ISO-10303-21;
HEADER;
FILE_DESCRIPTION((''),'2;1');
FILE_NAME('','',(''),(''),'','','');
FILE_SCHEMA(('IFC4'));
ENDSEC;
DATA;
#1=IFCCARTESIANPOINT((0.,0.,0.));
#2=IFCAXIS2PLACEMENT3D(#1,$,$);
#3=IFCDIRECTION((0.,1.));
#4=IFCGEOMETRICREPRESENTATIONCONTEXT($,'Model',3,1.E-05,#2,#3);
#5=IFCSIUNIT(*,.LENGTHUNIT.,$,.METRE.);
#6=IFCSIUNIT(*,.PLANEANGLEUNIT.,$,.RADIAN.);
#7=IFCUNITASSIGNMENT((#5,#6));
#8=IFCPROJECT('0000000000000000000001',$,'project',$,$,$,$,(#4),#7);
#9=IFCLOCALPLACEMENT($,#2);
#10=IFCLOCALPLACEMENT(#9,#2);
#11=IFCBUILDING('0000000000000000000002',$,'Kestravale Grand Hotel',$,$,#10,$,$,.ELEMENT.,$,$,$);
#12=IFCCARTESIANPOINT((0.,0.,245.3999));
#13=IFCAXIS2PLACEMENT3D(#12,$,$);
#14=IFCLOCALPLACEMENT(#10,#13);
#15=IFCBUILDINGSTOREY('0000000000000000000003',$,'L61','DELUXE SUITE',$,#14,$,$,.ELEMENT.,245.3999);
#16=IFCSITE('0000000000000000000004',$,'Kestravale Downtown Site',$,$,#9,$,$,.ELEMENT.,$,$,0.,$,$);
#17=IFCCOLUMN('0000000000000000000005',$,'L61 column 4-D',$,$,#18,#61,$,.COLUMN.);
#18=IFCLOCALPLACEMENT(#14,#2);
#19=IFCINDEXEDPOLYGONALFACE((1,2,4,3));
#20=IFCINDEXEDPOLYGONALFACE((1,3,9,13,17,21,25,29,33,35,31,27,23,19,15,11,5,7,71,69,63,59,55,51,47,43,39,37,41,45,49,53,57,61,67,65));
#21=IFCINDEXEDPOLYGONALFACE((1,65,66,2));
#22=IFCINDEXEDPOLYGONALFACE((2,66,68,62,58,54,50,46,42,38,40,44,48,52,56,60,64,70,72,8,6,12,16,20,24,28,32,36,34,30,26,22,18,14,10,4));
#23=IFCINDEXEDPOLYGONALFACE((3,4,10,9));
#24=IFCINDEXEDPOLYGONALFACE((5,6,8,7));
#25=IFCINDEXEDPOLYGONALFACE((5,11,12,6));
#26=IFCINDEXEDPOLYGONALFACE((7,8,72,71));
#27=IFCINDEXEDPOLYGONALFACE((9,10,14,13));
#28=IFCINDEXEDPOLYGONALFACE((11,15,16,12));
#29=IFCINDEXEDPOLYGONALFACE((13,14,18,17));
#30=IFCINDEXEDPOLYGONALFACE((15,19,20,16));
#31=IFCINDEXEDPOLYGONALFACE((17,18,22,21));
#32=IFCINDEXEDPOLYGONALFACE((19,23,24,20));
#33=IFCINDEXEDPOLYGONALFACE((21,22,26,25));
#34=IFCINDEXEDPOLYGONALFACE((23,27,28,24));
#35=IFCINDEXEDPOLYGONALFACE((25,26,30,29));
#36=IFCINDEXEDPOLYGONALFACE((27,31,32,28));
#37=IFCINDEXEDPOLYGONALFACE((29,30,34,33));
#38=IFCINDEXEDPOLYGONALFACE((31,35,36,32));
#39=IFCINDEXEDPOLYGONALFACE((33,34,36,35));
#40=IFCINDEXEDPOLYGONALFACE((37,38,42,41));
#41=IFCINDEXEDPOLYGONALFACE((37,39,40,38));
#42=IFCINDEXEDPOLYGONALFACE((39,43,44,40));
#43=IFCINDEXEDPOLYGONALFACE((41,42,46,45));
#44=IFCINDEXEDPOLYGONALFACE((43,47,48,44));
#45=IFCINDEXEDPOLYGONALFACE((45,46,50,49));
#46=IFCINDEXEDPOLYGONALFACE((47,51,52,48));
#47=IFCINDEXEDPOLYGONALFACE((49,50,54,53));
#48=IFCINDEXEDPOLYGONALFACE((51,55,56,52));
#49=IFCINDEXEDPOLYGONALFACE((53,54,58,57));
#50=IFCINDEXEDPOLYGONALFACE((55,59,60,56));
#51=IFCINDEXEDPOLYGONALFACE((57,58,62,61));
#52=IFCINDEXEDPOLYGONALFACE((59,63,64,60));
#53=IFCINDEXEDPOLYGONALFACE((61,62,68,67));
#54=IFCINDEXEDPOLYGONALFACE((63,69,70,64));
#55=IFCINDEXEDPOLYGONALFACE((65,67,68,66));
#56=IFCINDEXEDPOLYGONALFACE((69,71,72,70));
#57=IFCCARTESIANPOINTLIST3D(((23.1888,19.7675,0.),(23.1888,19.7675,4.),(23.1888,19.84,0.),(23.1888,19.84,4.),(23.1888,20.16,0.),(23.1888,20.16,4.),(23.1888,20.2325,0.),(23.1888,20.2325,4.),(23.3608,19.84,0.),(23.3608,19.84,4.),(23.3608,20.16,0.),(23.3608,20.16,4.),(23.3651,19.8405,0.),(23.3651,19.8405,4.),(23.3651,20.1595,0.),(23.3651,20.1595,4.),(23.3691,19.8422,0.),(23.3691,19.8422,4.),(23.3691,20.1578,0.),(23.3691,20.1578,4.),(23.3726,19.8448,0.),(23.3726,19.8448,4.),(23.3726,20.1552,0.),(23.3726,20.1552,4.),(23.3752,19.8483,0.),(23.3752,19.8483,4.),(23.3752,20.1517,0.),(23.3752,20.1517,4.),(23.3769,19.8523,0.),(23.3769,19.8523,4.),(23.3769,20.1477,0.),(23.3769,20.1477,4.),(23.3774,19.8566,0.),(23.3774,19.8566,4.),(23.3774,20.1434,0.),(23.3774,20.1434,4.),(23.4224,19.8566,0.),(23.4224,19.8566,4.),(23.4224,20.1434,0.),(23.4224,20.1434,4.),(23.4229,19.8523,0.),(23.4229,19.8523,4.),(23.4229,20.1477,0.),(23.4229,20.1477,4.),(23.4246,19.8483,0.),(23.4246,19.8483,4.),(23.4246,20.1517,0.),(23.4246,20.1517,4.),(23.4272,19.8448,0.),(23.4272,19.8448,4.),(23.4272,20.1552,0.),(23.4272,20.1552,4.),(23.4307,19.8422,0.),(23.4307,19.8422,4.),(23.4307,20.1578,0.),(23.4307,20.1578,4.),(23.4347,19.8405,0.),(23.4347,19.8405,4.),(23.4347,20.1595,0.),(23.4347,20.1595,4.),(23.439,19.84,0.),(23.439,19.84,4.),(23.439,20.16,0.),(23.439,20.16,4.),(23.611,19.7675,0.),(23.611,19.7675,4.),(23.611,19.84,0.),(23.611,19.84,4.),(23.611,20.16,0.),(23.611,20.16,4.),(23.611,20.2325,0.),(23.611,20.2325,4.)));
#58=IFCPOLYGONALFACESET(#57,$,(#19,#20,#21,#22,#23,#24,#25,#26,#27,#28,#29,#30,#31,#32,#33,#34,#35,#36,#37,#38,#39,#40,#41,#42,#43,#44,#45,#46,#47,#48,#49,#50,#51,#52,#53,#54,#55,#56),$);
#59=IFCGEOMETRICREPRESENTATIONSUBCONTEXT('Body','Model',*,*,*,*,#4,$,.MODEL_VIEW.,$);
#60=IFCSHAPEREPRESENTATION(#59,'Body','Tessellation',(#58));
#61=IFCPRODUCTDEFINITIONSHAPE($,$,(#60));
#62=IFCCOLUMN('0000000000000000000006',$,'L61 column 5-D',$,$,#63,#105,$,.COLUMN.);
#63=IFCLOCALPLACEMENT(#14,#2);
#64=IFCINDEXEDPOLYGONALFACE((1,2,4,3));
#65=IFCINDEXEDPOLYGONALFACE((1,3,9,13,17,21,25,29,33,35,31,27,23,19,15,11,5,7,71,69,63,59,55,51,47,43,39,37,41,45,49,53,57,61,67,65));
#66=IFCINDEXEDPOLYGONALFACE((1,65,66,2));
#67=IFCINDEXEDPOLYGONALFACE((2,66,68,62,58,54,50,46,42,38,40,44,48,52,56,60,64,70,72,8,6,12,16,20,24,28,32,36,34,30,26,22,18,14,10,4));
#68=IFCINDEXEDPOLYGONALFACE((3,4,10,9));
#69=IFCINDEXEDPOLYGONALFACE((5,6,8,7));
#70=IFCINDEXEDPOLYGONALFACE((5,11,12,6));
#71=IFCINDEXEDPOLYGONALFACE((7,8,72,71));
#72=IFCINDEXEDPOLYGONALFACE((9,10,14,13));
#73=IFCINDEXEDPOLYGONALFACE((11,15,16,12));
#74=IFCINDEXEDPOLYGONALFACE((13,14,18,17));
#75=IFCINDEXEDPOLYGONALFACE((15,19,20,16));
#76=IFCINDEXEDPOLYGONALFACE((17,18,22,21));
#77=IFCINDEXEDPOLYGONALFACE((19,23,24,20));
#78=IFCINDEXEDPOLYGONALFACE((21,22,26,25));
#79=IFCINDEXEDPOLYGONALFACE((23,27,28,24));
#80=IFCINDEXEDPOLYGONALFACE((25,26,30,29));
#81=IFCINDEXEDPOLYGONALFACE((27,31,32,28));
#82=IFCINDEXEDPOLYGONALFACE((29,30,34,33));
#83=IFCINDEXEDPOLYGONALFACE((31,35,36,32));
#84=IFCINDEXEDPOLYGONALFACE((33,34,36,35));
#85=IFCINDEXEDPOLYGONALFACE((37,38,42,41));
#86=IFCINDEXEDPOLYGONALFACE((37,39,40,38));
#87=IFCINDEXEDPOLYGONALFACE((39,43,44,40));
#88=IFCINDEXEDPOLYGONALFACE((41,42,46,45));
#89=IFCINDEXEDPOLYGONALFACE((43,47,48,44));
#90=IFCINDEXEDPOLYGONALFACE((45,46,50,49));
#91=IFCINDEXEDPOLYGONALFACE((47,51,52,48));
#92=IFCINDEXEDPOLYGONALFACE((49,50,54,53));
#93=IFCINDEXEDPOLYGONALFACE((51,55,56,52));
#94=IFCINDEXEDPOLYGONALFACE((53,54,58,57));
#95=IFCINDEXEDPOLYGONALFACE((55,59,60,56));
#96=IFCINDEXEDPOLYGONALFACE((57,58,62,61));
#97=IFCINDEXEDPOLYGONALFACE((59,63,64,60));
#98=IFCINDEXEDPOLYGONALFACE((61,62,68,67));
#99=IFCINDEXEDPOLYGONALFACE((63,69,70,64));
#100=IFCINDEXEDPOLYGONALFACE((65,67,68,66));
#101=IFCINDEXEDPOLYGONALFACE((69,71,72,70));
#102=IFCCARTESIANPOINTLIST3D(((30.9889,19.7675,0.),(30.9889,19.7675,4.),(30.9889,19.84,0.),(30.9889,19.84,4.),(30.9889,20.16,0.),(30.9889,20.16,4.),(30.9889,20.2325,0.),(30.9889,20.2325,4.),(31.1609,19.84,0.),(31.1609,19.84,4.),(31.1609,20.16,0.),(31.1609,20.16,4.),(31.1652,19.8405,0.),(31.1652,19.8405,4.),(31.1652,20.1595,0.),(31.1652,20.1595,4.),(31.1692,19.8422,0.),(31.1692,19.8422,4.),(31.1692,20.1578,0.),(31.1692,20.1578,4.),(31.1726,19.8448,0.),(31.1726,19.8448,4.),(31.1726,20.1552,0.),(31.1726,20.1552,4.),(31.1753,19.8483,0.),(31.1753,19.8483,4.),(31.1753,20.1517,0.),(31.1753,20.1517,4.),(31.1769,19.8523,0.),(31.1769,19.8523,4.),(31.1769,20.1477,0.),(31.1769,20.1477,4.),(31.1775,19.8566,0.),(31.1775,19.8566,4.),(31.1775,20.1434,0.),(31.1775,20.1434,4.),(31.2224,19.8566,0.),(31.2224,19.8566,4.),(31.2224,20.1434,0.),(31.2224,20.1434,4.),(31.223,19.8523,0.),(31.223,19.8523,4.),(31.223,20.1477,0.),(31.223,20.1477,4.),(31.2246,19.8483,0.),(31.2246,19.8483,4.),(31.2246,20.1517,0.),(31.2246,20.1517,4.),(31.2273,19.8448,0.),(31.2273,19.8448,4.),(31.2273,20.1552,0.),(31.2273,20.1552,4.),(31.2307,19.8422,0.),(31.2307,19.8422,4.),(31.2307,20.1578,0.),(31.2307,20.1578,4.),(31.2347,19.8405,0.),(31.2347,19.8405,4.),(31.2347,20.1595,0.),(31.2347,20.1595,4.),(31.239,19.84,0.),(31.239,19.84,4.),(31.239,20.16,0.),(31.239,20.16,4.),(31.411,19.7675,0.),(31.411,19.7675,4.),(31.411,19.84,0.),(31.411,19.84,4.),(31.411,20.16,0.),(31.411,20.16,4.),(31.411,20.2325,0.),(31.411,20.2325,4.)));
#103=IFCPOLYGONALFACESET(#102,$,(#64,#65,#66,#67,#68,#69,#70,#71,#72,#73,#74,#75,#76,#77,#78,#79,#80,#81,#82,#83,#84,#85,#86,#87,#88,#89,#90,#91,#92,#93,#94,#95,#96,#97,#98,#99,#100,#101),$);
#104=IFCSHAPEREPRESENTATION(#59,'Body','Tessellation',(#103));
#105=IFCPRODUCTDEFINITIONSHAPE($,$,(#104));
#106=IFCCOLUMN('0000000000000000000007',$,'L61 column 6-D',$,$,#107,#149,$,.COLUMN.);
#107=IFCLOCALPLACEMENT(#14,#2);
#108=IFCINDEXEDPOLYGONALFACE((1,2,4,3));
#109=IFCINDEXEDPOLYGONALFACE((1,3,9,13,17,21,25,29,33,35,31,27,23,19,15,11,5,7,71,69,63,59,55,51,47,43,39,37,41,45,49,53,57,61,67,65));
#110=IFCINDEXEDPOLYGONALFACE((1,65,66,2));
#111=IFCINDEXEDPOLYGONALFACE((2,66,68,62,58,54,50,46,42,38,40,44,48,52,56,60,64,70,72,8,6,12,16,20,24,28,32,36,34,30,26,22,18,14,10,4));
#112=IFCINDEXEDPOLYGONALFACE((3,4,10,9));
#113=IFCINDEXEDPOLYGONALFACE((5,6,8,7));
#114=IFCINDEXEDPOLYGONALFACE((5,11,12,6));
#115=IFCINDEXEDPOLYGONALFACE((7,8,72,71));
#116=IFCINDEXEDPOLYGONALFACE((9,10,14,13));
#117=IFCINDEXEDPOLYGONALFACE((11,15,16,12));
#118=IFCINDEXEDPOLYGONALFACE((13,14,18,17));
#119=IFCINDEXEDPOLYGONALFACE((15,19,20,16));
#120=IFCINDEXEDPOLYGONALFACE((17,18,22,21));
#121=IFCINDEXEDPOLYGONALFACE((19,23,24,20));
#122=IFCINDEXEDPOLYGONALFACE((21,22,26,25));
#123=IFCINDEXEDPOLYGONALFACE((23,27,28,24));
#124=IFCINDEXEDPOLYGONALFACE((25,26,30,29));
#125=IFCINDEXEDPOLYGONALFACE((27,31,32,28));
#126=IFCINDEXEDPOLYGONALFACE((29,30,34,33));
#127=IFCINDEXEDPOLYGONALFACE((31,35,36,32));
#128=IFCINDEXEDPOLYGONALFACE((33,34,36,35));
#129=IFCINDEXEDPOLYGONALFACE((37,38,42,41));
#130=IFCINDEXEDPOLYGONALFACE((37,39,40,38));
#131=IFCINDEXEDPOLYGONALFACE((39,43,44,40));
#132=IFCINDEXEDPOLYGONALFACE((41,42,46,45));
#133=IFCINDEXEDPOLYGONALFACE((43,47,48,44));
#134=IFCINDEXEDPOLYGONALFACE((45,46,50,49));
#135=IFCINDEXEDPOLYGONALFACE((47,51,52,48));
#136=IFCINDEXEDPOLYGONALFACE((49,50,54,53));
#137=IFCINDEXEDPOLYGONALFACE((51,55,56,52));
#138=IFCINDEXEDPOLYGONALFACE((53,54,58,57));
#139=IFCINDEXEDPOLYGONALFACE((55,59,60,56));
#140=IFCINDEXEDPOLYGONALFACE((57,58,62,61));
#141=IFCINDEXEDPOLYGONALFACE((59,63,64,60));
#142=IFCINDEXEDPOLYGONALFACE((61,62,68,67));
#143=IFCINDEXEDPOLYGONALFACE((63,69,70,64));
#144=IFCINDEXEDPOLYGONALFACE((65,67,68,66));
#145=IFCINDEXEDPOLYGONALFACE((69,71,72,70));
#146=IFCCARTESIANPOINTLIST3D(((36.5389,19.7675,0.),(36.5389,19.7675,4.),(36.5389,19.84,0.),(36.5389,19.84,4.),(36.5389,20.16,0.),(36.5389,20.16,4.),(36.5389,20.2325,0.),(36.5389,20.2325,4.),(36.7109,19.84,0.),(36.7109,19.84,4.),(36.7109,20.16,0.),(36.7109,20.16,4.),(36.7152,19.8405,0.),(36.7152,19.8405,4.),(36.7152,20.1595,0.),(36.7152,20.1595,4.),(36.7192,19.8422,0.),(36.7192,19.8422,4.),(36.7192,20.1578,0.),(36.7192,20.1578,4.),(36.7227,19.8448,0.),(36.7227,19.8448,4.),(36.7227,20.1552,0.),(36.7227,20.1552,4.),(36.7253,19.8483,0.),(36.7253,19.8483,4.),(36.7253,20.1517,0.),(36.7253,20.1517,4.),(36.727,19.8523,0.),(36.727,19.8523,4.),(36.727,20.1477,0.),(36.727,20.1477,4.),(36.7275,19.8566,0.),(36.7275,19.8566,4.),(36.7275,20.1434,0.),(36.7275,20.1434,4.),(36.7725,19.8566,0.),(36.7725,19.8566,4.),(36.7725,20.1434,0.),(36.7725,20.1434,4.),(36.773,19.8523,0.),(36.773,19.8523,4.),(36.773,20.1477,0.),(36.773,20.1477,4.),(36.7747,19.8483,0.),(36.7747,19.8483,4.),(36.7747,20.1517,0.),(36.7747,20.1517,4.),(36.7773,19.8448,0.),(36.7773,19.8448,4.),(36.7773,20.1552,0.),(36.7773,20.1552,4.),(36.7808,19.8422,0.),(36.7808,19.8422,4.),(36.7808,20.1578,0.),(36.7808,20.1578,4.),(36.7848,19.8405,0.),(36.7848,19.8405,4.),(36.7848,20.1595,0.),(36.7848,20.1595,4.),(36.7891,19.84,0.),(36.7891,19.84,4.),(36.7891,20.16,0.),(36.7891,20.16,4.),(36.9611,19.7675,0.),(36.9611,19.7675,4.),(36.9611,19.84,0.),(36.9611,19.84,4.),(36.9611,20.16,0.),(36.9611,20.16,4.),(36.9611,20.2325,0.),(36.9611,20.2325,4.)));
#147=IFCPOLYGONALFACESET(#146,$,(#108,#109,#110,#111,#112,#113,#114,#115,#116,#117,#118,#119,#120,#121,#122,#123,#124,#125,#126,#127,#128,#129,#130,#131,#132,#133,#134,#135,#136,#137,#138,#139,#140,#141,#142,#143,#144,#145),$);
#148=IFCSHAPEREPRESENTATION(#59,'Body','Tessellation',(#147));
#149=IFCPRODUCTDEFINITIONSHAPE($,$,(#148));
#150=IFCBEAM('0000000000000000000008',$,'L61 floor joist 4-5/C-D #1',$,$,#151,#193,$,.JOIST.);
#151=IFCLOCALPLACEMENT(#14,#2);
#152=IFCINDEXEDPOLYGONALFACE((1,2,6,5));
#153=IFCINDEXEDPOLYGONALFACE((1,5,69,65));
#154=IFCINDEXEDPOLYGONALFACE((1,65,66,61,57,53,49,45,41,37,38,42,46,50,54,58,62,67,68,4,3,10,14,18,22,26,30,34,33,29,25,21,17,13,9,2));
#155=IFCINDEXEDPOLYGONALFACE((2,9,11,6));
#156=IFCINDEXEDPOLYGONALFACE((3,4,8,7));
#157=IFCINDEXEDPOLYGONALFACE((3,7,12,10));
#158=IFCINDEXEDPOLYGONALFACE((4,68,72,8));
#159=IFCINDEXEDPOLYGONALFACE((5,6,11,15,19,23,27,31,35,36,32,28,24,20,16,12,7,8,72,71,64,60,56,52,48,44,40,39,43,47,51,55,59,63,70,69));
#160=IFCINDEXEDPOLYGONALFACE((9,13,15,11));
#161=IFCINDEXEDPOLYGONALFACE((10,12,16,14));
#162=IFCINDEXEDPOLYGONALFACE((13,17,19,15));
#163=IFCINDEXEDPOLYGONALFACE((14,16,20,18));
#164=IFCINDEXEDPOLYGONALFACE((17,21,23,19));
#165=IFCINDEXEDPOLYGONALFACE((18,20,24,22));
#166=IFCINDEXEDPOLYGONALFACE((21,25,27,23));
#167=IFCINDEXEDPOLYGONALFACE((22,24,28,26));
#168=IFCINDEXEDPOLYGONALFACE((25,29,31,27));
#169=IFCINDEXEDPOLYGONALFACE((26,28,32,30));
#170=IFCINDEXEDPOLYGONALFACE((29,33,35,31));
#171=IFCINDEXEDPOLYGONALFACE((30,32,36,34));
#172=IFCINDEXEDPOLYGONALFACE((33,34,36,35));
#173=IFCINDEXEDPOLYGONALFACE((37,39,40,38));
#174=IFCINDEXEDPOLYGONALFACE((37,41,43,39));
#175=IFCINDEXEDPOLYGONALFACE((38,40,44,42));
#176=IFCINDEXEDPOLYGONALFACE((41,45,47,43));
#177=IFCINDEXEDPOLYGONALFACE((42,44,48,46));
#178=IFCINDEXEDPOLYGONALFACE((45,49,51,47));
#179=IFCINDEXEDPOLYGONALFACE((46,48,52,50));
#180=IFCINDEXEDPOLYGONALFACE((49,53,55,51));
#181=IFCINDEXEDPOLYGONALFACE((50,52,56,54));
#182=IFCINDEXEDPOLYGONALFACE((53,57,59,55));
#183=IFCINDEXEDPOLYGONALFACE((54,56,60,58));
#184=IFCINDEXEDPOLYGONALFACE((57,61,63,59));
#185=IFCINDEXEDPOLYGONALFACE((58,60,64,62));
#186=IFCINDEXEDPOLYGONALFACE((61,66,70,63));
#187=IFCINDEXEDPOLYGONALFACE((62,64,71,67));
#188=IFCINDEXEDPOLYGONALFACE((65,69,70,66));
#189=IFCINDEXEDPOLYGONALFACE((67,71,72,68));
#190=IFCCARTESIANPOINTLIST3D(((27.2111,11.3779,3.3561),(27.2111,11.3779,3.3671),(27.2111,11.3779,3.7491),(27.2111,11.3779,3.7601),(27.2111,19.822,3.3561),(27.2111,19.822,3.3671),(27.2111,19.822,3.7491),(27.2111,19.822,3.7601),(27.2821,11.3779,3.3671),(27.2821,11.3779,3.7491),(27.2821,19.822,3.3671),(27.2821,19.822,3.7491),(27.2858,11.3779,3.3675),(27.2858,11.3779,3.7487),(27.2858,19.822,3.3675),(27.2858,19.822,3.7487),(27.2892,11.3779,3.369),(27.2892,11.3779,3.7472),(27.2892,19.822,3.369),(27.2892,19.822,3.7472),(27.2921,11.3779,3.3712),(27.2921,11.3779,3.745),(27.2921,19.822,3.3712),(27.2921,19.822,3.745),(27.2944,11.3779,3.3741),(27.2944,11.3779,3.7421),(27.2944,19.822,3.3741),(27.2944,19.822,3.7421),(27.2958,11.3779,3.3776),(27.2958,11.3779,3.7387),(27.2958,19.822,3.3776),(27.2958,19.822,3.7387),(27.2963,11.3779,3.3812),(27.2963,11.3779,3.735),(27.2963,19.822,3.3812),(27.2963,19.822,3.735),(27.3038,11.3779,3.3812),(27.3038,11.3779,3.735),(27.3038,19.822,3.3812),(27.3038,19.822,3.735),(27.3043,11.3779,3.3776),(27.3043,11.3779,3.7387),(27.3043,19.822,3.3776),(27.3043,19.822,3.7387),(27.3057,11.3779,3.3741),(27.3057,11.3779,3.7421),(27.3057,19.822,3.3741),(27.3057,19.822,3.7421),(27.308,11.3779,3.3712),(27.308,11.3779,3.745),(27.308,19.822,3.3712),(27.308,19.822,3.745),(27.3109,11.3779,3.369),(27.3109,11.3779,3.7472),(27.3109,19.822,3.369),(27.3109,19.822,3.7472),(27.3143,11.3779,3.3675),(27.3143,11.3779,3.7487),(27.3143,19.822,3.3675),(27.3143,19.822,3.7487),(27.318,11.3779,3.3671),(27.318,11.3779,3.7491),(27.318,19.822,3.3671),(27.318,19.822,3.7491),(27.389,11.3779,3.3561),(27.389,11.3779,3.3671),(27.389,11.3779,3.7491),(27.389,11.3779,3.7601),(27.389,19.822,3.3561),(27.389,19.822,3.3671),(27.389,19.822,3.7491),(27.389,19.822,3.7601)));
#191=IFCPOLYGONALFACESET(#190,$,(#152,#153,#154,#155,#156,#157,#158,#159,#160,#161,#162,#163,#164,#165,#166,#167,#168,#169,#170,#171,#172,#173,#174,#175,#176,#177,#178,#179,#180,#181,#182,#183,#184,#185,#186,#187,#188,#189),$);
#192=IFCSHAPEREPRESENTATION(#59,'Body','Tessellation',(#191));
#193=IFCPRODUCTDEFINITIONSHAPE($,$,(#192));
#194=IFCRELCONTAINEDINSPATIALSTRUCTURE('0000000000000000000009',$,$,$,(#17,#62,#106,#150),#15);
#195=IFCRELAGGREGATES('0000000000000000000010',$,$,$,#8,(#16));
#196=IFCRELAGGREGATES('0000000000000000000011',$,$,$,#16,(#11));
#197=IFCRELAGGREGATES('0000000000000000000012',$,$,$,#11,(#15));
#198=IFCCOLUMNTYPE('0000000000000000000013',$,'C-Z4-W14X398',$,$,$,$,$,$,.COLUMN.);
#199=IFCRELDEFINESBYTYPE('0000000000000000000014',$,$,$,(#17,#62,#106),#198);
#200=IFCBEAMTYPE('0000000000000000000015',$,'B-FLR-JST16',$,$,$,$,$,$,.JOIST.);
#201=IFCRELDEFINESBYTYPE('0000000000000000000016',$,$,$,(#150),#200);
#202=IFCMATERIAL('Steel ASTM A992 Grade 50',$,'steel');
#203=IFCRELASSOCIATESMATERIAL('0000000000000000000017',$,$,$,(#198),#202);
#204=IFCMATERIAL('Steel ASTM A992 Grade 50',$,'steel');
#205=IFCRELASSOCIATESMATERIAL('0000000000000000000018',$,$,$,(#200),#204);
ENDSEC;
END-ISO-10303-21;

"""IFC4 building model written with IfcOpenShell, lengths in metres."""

from ifc_helpers import new_model, si_unit, direction, frame, origin, origin_2d, place, context, subcontext, project, spatial, i_section, extrude, material, material_profile, profile_set, type_object, element, save


model = new_model("IFC4")

# Units and contexts
model_context = context("Model", 3, precision=1e-05, world=origin(), true_north=direction((0.0, 1.0)))
body_context = subcontext(model_context, "Body", "Model", "MODEL_VIEW")
ifc_project = project(units=[si_unit("LENGTHUNIT", "METRE"), si_unit("PLANEANGLEUNIT", "RADIAN")], contexts=[model_context])

# Site, building, storey
site_placement = place(None, origin())
site = spatial("IfcSite", under=ifc_project, at=site_placement, Name="Kestravale Downtown Site", CompositionType="ELEMENT", RefElevation=0.0)
building_placement = place(site_placement, origin())
building = spatial("IfcBuilding", under=site, at=building_placement, Name="Kestravale Grand Hotel", CompositionType="ELEMENT")
storey_placement = place(building_placement, frame((0.0, 0.0, 245.3999)))
storey = spatial("IfcBuildingStorey", under=building, at=storey_placement, Name="L61", Description="DELUXE SUITE", CompositionType="ELEMENT", Elevation=245.3999)

# Columns
ifc_material_1 = material(Name="Steel ASTM A992 Grade 50", Category="steel")
ifc_material_profile_1 = material_profile(ifc_material_1, i_section(OverallWidth=0.4221, OverallDepth=0.4651, WebThickness=0.0449, FlangeThickness=0.0725, FilletRadius=0.0166, at=origin_2d()))
ifc_profile_set_1 = profile_set([ifc_material_profile_1], Name="Steel ASTM A992 Grade 50")
column_type = type_object("IfcColumnType", Name="C-Z4-W14X398", PredefinedType="COLUMN", material=ifc_profile_set_1)
for number, where, z_axis, x_axis, name in (
    (1, (23.3999, 20.0, 0.0), (0.0, 0.0, 1.0), (1.0, 0.0, 0.0), "L61 column 4-D"),
    (2, (31.2, 20.0, 0.0), (0.0, 0.0, 1.0), (1.0, 0.0, 0.0), "L61 column 5-D"),
    (3, (36.75, 20.0, 0.0), (0.0, 0.0, 1.0), (1.0, 0.0, 0.0), "L61 column 6-D"),
):
    element("IfcColumn", number, at=place(storey_placement, frame(where, z_axis=z_axis, x_axis=x_axis)), inside=storey, type_object=column_type, Name=name, PredefinedType="COLUMN", context=body_context, shape_type="SweptSolid", body=[
        extrude(i_section(OverallWidth=0.4221, OverallDepth=0.4651, WebThickness=0.0449, FlangeThickness=0.0725, FilletRadius=0.0166, at=origin_2d()), origin(), (0.0, 0.0, 1.0), 4.0),
    ])

# Beam
ifc_material_2 = material(Name="Steel ASTM A992 Grade 50", Category="steel")
ifc_material_profile_2 = material_profile(ifc_material_2, i_section(OverallWidth=0.178, OverallDepth=0.4041, WebThickness=0.0076, FlangeThickness=0.011, FilletRadius=0.0142, at=origin_2d()))
ifc_profile_set_2 = profile_set([ifc_material_profile_2], Name="Steel ASTM A992 Grade 50")
beam_type_1 = type_object("IfcBeamType", Name="B-FLR-JST16", PredefinedType="JOIST", material=ifc_profile_set_2)
beam_1_placement = place(storey_placement, frame((27.3, 11.3779, 3.5581), z_axis=(0.0, 1.0, 0.0), x_axis=(-1.0, 0.0, 0.0)))
element("IfcBeam", 4, at=beam_1_placement, inside=storey, type_object=beam_type_1, Name="L61 floor joist 4-5/C-D #1", PredefinedType="JOIST", context=body_context, shape_type="SweptSolid", body=[
    extrude(i_section(OverallWidth=0.178, OverallDepth=0.4041, WebThickness=0.0076, FlangeThickness=0.011, FilletRadius=0.0142, at=origin_2d()), origin(), (0.0, 0.0, 1.0), 8.4441),
])

save(model, "model.ifc")
